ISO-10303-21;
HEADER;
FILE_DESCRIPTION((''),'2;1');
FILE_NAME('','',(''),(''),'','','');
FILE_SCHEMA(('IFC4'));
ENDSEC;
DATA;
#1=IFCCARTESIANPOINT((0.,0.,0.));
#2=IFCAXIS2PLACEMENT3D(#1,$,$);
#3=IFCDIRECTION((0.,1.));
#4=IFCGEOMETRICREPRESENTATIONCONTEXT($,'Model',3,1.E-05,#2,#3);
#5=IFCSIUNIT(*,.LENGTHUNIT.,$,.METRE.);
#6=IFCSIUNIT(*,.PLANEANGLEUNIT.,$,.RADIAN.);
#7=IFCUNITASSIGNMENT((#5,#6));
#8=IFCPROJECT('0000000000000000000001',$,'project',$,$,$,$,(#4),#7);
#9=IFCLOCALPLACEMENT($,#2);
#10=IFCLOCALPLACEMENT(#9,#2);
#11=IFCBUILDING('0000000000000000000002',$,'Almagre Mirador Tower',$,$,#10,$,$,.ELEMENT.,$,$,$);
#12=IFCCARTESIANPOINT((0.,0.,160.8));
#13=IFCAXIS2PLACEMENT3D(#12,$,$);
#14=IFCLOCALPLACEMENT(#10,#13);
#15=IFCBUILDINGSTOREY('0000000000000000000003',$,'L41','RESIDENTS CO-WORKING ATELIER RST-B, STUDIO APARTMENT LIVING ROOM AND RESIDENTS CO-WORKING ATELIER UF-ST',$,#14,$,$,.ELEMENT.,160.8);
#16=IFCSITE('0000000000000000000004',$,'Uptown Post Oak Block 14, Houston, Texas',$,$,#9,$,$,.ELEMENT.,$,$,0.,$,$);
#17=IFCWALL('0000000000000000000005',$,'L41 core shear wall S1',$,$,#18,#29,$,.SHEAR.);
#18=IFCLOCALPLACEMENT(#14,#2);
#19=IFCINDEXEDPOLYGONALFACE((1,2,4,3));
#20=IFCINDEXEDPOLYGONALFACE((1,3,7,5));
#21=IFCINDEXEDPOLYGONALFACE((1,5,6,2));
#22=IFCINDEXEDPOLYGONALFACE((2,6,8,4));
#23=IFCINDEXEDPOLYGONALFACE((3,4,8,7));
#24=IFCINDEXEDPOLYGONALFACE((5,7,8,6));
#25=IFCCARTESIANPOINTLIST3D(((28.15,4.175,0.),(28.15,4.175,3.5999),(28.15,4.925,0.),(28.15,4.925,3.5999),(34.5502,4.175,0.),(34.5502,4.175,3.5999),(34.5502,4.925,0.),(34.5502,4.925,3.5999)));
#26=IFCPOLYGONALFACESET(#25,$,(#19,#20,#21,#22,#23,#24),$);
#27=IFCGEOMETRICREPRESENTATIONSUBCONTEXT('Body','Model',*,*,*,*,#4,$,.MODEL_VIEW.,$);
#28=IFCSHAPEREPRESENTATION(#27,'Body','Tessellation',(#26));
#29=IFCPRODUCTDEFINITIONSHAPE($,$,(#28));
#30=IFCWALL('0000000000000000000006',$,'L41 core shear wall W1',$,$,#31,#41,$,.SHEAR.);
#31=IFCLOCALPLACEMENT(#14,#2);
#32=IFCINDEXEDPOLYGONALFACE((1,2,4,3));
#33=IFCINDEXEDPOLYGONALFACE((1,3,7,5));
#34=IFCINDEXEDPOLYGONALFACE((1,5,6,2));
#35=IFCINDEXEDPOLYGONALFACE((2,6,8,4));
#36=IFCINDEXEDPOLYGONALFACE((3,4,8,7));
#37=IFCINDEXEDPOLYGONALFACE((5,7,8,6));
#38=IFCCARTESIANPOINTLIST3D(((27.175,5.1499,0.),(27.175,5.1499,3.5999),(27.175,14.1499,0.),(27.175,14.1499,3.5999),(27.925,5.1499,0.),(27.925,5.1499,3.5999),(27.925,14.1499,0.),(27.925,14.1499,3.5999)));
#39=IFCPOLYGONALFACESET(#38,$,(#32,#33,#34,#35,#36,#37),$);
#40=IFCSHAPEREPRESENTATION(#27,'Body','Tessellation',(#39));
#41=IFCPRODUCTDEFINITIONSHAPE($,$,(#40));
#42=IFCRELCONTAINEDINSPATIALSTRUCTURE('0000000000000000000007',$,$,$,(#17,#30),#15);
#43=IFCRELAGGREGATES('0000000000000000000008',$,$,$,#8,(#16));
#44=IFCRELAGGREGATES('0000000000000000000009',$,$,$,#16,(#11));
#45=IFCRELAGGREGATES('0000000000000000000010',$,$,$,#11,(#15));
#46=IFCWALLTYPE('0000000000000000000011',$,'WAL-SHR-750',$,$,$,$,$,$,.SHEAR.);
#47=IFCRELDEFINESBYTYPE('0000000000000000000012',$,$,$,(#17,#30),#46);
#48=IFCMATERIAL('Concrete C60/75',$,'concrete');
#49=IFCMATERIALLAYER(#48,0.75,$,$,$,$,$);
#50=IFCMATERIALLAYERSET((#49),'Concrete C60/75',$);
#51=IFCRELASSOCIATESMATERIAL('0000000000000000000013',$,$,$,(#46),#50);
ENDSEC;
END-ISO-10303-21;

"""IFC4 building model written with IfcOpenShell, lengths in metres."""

from ifc_helpers import new_model, si_unit, direction, frame, frame_2d, origin, place, context, subcontext, project, spatial, rectangle, extrude, material, layer, layer_set, type_object, element, save


model = new_model("IFC4")

# Units and contexts
model_context = context("Model", 3, precision=1e-05, world=origin(), true_north=direction((0.0, 1.0)))
body_context = subcontext(model_context, "Body", "Model", "MODEL_VIEW")
ifc_project = project(units=[si_unit("LENGTHUNIT", "METRE"), si_unit("PLANEANGLEUNIT", "RADIAN")], contexts=[model_context])

# Site, building, storey
site_placement = place(None, origin())
site = spatial("IfcSite", under=ifc_project, at=site_placement, Name="Uptown Post Oak Block 14, Houston, Texas", CompositionType="ELEMENT", RefElevation=0.0)
building_placement = place(site_placement, origin())
building = spatial("IfcBuilding", under=site, at=building_placement, Name="Almagre Mirador Tower", CompositionType="ELEMENT")
storey_placement = place(building_placement, frame((0.0, 0.0, 160.8)))
storey = spatial("IfcBuildingStorey", under=building, at=storey_placement, Name="L41", Description="RESIDENTS CO-WORKING ATELIER RST-B, STUDIO APARTMENT LIVING ROOM AND RESIDENTS CO-WORKING ATELIER UF-ST", CompositionType="ELEMENT", Elevation=160.8)

# Walls
ifc_material_1 = material(Name="Concrete C60/75", Category="concrete")
ifc_layer_1 = layer(ifc_material_1, 0.75)
ifc_layer_set_1 = layer_set([ifc_layer_1], Name="Concrete C60/75")
wall_type_1 = type_object("IfcWallType", Name="WAL-SHR-750", PredefinedType="SHEAR", material=ifc_layer_set_1)
wall_1_placement = place(storey_placement, frame((28.1499, 4.55, 0.0), z_axis=(0.0, 0.0, 1.0), x_axis=(1.0, 0.0, 0.0)))
element("IfcWall", 1, at=wall_1_placement, inside=storey, type_object=wall_type_1, Name="L41 core shear wall S1", PredefinedType="SHEAR", context=body_context, shape_type="SweptSolid", body=[
    extrude(rectangle(XDim=6.4001, YDim=0.75, at=frame_2d((3.2002, 0.0))), origin(), (0.0, 0.0, 1.0), 3.5999),
])
wall_2_placement = place(storey_placement, frame((27.55, 5.1499, 0.0), z_axis=(0.0, 0.0, 1.0), x_axis=(0.0, 1.0, 0.0)))
element("IfcWall", 2, at=wall_2_placement, inside=storey, type_object=wall_type_1, Name="L41 core shear wall W1", PredefinedType="SHEAR", context=body_context, shape_type="SweptSolid", body=[
    extrude(rectangle(XDim=9.0, YDim=0.75, at=frame_2d((4.5, 0.0))), origin(), (0.0, 0.0, 1.0), 3.5999),
])

save(model, "model.ifc")
